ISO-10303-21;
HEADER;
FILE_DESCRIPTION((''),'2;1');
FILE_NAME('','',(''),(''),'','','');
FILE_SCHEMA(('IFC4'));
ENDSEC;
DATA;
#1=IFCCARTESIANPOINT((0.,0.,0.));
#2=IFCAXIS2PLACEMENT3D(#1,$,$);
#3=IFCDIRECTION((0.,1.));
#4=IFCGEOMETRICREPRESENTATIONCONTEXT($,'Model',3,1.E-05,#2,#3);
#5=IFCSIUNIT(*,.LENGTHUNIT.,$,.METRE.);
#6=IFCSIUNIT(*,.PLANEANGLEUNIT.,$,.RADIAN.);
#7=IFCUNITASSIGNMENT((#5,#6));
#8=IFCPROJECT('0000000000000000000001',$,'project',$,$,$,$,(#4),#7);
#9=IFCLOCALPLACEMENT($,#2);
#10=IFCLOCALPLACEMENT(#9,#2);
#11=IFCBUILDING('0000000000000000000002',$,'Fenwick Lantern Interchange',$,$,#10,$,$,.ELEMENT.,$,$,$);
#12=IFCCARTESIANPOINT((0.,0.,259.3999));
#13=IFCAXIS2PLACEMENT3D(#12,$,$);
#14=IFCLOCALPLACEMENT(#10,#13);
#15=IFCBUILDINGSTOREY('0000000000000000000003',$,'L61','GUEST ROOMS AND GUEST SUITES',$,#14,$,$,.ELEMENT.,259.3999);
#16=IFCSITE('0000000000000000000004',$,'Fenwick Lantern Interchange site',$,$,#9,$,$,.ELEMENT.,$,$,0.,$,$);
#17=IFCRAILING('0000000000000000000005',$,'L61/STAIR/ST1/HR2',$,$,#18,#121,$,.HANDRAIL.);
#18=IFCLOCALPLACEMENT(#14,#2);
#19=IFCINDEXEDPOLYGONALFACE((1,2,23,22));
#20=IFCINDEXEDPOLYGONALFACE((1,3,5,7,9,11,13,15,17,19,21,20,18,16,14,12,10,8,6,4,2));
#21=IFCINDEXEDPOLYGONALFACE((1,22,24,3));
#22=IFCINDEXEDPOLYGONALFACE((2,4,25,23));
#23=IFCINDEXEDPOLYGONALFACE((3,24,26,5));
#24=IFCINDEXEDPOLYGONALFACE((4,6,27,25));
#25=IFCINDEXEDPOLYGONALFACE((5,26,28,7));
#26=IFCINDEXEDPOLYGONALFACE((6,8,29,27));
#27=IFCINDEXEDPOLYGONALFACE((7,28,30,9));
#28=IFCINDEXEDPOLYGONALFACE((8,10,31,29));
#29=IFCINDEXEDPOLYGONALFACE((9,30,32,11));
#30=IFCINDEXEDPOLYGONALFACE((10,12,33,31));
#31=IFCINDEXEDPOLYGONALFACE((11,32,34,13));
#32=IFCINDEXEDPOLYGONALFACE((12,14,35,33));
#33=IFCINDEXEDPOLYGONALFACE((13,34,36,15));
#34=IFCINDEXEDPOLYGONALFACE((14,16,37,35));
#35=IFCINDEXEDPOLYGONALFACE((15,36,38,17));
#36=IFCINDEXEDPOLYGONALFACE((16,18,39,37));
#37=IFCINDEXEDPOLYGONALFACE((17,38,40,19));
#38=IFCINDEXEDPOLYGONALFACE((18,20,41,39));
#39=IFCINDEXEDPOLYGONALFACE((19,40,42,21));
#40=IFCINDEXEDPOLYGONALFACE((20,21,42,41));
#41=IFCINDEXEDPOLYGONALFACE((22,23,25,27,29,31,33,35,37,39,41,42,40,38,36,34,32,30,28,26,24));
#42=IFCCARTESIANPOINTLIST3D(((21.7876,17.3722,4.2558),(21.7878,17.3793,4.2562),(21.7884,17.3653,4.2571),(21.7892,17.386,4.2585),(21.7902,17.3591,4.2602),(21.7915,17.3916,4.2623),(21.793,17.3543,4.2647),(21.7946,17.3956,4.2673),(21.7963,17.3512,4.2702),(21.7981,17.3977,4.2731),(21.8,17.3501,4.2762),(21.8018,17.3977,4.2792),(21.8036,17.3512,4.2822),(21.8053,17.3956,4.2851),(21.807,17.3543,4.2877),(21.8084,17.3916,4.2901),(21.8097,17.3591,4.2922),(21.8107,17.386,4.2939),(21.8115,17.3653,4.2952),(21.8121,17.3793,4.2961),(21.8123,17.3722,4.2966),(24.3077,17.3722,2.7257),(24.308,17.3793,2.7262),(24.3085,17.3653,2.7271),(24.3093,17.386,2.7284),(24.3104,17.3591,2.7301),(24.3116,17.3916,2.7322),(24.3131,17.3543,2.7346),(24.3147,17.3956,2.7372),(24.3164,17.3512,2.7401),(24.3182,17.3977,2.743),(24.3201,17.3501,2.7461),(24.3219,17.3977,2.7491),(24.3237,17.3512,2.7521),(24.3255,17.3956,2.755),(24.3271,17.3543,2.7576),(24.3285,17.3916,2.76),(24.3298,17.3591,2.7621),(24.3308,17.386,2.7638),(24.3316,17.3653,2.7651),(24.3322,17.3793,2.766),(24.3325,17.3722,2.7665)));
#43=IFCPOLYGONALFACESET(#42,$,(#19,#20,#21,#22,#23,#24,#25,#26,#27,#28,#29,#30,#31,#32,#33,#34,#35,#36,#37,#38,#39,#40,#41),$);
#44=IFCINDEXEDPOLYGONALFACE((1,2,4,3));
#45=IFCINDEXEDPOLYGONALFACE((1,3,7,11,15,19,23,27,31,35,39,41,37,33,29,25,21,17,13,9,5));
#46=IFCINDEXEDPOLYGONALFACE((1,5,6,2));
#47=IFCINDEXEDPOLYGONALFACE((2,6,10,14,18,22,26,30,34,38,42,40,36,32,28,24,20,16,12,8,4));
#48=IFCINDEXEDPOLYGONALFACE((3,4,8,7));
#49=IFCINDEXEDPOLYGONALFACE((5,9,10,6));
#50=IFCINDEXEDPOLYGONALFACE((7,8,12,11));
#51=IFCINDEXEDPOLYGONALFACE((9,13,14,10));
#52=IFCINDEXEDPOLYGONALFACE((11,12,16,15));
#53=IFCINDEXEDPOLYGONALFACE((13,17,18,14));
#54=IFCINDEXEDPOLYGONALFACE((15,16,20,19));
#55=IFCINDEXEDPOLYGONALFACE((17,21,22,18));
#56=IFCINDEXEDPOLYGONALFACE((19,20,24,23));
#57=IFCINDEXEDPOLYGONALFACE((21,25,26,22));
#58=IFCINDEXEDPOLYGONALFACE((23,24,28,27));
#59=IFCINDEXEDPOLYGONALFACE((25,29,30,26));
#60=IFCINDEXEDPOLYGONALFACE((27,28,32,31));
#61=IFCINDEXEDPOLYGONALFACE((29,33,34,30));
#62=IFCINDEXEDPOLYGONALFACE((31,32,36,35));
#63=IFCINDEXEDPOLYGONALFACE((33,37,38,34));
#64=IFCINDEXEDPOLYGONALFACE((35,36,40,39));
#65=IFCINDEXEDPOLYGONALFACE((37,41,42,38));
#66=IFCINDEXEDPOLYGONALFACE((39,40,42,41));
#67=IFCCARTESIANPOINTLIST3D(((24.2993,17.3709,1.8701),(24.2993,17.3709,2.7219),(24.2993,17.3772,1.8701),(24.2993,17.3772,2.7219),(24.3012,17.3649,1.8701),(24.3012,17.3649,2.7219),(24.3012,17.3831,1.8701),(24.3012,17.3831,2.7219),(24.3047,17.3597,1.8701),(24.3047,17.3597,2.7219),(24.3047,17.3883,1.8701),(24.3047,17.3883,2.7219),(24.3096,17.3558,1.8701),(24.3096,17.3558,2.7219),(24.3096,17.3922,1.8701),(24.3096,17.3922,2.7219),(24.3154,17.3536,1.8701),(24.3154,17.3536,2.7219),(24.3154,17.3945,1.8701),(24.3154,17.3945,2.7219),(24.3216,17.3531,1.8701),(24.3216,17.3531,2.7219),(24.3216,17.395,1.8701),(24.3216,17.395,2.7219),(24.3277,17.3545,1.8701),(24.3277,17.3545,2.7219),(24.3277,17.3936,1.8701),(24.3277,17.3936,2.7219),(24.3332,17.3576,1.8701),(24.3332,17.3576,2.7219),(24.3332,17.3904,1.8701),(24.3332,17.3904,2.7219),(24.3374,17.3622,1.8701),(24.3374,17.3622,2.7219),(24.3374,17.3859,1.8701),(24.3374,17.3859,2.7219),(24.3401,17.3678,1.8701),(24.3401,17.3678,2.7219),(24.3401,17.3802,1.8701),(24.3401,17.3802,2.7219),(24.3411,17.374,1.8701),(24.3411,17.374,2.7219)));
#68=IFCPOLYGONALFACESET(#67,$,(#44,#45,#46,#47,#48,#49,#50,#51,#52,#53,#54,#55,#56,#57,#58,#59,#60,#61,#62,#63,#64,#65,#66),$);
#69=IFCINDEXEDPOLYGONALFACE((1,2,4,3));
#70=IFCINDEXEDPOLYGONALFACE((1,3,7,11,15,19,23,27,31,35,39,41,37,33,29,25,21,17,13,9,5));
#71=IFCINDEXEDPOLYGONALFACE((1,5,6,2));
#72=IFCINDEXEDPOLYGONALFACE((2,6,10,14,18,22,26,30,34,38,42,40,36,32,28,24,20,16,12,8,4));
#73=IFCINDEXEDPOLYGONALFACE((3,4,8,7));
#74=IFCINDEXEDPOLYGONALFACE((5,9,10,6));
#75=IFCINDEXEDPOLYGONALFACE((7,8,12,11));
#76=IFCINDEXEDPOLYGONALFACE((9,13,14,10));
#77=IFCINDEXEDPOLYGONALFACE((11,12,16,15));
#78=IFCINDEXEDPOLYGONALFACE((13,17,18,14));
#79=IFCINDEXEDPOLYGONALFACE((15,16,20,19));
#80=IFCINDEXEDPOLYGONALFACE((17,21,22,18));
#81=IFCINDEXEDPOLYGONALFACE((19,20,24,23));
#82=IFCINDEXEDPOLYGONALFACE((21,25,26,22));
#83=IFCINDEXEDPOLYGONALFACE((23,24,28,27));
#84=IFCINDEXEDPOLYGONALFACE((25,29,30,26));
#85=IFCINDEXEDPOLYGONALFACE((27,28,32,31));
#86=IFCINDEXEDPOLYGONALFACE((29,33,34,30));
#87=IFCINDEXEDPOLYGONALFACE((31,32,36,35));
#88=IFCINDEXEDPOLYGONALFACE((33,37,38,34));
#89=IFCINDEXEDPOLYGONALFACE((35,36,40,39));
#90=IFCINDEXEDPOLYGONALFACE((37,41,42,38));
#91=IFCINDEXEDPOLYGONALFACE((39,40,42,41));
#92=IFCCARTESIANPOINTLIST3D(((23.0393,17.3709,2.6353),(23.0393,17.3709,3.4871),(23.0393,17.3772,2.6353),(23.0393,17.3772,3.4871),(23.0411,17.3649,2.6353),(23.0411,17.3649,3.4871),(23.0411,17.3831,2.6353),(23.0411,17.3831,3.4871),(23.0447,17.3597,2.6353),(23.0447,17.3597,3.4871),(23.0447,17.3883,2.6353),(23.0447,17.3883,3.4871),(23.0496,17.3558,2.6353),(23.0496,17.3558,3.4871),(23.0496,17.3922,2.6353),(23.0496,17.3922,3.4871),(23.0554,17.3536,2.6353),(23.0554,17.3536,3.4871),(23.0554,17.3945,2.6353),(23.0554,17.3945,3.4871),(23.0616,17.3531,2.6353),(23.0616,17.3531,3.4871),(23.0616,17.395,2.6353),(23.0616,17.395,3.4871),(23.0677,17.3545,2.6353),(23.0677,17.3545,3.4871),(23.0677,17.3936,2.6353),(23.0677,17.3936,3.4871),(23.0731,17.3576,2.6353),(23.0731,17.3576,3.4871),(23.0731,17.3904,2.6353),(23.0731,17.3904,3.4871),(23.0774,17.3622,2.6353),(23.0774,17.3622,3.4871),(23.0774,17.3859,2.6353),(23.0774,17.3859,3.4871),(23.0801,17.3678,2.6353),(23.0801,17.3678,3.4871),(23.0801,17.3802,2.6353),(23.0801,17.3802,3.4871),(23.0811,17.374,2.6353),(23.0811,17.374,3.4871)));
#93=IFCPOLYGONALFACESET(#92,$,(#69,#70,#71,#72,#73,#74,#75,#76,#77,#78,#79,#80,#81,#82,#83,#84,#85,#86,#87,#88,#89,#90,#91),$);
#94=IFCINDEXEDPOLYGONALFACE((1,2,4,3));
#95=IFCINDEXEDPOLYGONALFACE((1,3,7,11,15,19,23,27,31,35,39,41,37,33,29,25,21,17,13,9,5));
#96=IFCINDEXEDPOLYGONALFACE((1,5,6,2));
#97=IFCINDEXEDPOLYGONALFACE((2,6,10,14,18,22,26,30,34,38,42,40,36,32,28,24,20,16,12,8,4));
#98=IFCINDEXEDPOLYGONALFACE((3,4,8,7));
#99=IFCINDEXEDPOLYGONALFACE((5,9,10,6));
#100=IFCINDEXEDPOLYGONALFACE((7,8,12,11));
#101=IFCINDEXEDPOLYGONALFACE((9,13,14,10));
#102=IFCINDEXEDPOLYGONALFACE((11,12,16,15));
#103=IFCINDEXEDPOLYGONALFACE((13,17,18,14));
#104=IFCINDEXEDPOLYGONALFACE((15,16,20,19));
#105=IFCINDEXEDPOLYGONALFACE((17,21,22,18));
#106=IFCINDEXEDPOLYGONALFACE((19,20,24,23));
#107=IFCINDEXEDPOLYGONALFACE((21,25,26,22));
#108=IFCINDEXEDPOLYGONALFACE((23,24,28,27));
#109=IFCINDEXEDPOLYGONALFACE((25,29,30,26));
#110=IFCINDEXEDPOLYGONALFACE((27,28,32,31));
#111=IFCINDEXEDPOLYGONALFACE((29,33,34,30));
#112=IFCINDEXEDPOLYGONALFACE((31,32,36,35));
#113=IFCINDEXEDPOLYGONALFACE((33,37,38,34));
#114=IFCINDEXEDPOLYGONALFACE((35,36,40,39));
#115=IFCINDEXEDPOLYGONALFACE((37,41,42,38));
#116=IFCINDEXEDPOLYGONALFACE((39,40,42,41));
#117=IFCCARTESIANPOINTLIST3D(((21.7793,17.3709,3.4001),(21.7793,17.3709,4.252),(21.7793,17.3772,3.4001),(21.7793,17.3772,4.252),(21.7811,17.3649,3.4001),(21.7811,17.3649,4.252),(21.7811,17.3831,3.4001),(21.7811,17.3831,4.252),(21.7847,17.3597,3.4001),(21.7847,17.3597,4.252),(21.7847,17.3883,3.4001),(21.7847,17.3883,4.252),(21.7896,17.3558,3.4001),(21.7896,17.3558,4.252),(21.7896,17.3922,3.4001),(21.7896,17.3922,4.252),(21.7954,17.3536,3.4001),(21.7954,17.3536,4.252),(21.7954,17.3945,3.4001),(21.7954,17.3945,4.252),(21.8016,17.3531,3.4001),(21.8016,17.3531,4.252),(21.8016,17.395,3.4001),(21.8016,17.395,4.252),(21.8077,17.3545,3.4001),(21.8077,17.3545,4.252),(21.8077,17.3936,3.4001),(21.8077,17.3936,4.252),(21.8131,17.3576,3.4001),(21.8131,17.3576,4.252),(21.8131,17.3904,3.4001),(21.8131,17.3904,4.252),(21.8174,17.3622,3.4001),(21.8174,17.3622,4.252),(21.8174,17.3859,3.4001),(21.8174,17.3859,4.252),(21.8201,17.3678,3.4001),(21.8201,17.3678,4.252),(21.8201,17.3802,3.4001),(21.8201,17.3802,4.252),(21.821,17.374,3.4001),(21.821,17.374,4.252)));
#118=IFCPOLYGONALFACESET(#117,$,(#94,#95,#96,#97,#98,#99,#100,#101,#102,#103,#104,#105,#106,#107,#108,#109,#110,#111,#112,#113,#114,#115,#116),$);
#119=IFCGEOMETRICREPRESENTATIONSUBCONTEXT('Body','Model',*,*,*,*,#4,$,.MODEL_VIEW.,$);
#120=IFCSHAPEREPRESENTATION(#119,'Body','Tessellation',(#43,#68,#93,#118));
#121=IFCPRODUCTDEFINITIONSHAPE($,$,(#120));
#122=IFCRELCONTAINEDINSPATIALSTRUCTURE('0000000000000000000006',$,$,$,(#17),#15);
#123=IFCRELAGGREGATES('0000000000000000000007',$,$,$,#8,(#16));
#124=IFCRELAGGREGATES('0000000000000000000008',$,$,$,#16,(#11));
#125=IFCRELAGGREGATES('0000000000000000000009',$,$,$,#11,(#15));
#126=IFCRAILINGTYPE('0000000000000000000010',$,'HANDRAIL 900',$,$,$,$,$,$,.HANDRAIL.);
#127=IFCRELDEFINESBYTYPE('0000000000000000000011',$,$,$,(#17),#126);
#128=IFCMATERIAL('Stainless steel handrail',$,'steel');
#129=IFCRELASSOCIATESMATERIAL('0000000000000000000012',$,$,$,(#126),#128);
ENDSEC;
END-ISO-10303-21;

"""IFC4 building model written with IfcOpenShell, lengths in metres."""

from ifc_helpers import new_model, si_unit, direction, frame, origin, origin_2d, place, context, subcontext, project, spatial, circle, extrude, material, type_object, element, save


model = new_model("IFC4")

# Units and contexts
model_context = context("Model", 3, precision=1e-05, world=origin(), true_north=direction((0.0, 1.0)))
body_context = subcontext(model_context, "Body", "Model", "MODEL_VIEW")
ifc_project = project(units=[si_unit("LENGTHUNIT", "METRE"), si_unit("PLANEANGLEUNIT", "RADIAN")], contexts=[model_context])

# Site, building, storey
site_placement = place(None, origin())
site = spatial("IfcSite", under=ifc_project, at=site_placement, Name="Fenwick Lantern Interchange site", CompositionType="ELEMENT", RefElevation=0.0)
building_placement = place(site_placement, origin())
building = spatial("IfcBuilding", under=site, at=building_placement, Name="Fenwick Lantern Interchange", CompositionType="ELEMENT")
storey_placement = place(building_placement, frame((0.0, 0.0, 259.3999)))
storey = spatial("IfcBuildingStorey", under=building, at=storey_placement, Name="L61", Description="GUEST ROOMS AND GUEST SUITES", CompositionType="ELEMENT", Elevation=259.3999)

# Railing
ifc_material_1 = material(Name="Stainless steel handrail", Category="steel")
railing_type = type_object("IfcRailingType", Name="HANDRAIL 900", PredefinedType="HANDRAIL", material=ifc_material_1)
railing_1_placement = place(storey_placement, frame((24.3201, 17.374, 1.8701)))
element("IfcRailing", 1, at=railing_1_placement, inside=storey, type_object=railing_type, Name="L61/STAIR/ST1/HR2", PredefinedType="HANDRAIL", context=body_context, shape_type="SweptSolid", body=[
    extrude(circle(Radius=0.0239, at=origin_2d()), frame((0.0, 0.0, 0.876), z_axis=(-0.854785, 0.0, 0.518982), x_axis=(0.0, -1.0, 0.0)), (0.0, 0.0, 1.0), 2.9482),
    extrude(circle(Radius=0.021, at=origin_2d()), origin(), (0.0, 0.0, 1.0), 0.8518),
    extrude(circle(Radius=0.021, at=origin_2d()), frame((-1.26, 0.0, 0.7651)), (0.0, 0.0, 1.0), 0.8518),
    extrude(circle(Radius=0.021, at=origin_2d()), frame((-2.52, 0.0, 1.53)), (0.0, 0.0, 1.0), 0.8518),
])

save(model, "model.ifc")
